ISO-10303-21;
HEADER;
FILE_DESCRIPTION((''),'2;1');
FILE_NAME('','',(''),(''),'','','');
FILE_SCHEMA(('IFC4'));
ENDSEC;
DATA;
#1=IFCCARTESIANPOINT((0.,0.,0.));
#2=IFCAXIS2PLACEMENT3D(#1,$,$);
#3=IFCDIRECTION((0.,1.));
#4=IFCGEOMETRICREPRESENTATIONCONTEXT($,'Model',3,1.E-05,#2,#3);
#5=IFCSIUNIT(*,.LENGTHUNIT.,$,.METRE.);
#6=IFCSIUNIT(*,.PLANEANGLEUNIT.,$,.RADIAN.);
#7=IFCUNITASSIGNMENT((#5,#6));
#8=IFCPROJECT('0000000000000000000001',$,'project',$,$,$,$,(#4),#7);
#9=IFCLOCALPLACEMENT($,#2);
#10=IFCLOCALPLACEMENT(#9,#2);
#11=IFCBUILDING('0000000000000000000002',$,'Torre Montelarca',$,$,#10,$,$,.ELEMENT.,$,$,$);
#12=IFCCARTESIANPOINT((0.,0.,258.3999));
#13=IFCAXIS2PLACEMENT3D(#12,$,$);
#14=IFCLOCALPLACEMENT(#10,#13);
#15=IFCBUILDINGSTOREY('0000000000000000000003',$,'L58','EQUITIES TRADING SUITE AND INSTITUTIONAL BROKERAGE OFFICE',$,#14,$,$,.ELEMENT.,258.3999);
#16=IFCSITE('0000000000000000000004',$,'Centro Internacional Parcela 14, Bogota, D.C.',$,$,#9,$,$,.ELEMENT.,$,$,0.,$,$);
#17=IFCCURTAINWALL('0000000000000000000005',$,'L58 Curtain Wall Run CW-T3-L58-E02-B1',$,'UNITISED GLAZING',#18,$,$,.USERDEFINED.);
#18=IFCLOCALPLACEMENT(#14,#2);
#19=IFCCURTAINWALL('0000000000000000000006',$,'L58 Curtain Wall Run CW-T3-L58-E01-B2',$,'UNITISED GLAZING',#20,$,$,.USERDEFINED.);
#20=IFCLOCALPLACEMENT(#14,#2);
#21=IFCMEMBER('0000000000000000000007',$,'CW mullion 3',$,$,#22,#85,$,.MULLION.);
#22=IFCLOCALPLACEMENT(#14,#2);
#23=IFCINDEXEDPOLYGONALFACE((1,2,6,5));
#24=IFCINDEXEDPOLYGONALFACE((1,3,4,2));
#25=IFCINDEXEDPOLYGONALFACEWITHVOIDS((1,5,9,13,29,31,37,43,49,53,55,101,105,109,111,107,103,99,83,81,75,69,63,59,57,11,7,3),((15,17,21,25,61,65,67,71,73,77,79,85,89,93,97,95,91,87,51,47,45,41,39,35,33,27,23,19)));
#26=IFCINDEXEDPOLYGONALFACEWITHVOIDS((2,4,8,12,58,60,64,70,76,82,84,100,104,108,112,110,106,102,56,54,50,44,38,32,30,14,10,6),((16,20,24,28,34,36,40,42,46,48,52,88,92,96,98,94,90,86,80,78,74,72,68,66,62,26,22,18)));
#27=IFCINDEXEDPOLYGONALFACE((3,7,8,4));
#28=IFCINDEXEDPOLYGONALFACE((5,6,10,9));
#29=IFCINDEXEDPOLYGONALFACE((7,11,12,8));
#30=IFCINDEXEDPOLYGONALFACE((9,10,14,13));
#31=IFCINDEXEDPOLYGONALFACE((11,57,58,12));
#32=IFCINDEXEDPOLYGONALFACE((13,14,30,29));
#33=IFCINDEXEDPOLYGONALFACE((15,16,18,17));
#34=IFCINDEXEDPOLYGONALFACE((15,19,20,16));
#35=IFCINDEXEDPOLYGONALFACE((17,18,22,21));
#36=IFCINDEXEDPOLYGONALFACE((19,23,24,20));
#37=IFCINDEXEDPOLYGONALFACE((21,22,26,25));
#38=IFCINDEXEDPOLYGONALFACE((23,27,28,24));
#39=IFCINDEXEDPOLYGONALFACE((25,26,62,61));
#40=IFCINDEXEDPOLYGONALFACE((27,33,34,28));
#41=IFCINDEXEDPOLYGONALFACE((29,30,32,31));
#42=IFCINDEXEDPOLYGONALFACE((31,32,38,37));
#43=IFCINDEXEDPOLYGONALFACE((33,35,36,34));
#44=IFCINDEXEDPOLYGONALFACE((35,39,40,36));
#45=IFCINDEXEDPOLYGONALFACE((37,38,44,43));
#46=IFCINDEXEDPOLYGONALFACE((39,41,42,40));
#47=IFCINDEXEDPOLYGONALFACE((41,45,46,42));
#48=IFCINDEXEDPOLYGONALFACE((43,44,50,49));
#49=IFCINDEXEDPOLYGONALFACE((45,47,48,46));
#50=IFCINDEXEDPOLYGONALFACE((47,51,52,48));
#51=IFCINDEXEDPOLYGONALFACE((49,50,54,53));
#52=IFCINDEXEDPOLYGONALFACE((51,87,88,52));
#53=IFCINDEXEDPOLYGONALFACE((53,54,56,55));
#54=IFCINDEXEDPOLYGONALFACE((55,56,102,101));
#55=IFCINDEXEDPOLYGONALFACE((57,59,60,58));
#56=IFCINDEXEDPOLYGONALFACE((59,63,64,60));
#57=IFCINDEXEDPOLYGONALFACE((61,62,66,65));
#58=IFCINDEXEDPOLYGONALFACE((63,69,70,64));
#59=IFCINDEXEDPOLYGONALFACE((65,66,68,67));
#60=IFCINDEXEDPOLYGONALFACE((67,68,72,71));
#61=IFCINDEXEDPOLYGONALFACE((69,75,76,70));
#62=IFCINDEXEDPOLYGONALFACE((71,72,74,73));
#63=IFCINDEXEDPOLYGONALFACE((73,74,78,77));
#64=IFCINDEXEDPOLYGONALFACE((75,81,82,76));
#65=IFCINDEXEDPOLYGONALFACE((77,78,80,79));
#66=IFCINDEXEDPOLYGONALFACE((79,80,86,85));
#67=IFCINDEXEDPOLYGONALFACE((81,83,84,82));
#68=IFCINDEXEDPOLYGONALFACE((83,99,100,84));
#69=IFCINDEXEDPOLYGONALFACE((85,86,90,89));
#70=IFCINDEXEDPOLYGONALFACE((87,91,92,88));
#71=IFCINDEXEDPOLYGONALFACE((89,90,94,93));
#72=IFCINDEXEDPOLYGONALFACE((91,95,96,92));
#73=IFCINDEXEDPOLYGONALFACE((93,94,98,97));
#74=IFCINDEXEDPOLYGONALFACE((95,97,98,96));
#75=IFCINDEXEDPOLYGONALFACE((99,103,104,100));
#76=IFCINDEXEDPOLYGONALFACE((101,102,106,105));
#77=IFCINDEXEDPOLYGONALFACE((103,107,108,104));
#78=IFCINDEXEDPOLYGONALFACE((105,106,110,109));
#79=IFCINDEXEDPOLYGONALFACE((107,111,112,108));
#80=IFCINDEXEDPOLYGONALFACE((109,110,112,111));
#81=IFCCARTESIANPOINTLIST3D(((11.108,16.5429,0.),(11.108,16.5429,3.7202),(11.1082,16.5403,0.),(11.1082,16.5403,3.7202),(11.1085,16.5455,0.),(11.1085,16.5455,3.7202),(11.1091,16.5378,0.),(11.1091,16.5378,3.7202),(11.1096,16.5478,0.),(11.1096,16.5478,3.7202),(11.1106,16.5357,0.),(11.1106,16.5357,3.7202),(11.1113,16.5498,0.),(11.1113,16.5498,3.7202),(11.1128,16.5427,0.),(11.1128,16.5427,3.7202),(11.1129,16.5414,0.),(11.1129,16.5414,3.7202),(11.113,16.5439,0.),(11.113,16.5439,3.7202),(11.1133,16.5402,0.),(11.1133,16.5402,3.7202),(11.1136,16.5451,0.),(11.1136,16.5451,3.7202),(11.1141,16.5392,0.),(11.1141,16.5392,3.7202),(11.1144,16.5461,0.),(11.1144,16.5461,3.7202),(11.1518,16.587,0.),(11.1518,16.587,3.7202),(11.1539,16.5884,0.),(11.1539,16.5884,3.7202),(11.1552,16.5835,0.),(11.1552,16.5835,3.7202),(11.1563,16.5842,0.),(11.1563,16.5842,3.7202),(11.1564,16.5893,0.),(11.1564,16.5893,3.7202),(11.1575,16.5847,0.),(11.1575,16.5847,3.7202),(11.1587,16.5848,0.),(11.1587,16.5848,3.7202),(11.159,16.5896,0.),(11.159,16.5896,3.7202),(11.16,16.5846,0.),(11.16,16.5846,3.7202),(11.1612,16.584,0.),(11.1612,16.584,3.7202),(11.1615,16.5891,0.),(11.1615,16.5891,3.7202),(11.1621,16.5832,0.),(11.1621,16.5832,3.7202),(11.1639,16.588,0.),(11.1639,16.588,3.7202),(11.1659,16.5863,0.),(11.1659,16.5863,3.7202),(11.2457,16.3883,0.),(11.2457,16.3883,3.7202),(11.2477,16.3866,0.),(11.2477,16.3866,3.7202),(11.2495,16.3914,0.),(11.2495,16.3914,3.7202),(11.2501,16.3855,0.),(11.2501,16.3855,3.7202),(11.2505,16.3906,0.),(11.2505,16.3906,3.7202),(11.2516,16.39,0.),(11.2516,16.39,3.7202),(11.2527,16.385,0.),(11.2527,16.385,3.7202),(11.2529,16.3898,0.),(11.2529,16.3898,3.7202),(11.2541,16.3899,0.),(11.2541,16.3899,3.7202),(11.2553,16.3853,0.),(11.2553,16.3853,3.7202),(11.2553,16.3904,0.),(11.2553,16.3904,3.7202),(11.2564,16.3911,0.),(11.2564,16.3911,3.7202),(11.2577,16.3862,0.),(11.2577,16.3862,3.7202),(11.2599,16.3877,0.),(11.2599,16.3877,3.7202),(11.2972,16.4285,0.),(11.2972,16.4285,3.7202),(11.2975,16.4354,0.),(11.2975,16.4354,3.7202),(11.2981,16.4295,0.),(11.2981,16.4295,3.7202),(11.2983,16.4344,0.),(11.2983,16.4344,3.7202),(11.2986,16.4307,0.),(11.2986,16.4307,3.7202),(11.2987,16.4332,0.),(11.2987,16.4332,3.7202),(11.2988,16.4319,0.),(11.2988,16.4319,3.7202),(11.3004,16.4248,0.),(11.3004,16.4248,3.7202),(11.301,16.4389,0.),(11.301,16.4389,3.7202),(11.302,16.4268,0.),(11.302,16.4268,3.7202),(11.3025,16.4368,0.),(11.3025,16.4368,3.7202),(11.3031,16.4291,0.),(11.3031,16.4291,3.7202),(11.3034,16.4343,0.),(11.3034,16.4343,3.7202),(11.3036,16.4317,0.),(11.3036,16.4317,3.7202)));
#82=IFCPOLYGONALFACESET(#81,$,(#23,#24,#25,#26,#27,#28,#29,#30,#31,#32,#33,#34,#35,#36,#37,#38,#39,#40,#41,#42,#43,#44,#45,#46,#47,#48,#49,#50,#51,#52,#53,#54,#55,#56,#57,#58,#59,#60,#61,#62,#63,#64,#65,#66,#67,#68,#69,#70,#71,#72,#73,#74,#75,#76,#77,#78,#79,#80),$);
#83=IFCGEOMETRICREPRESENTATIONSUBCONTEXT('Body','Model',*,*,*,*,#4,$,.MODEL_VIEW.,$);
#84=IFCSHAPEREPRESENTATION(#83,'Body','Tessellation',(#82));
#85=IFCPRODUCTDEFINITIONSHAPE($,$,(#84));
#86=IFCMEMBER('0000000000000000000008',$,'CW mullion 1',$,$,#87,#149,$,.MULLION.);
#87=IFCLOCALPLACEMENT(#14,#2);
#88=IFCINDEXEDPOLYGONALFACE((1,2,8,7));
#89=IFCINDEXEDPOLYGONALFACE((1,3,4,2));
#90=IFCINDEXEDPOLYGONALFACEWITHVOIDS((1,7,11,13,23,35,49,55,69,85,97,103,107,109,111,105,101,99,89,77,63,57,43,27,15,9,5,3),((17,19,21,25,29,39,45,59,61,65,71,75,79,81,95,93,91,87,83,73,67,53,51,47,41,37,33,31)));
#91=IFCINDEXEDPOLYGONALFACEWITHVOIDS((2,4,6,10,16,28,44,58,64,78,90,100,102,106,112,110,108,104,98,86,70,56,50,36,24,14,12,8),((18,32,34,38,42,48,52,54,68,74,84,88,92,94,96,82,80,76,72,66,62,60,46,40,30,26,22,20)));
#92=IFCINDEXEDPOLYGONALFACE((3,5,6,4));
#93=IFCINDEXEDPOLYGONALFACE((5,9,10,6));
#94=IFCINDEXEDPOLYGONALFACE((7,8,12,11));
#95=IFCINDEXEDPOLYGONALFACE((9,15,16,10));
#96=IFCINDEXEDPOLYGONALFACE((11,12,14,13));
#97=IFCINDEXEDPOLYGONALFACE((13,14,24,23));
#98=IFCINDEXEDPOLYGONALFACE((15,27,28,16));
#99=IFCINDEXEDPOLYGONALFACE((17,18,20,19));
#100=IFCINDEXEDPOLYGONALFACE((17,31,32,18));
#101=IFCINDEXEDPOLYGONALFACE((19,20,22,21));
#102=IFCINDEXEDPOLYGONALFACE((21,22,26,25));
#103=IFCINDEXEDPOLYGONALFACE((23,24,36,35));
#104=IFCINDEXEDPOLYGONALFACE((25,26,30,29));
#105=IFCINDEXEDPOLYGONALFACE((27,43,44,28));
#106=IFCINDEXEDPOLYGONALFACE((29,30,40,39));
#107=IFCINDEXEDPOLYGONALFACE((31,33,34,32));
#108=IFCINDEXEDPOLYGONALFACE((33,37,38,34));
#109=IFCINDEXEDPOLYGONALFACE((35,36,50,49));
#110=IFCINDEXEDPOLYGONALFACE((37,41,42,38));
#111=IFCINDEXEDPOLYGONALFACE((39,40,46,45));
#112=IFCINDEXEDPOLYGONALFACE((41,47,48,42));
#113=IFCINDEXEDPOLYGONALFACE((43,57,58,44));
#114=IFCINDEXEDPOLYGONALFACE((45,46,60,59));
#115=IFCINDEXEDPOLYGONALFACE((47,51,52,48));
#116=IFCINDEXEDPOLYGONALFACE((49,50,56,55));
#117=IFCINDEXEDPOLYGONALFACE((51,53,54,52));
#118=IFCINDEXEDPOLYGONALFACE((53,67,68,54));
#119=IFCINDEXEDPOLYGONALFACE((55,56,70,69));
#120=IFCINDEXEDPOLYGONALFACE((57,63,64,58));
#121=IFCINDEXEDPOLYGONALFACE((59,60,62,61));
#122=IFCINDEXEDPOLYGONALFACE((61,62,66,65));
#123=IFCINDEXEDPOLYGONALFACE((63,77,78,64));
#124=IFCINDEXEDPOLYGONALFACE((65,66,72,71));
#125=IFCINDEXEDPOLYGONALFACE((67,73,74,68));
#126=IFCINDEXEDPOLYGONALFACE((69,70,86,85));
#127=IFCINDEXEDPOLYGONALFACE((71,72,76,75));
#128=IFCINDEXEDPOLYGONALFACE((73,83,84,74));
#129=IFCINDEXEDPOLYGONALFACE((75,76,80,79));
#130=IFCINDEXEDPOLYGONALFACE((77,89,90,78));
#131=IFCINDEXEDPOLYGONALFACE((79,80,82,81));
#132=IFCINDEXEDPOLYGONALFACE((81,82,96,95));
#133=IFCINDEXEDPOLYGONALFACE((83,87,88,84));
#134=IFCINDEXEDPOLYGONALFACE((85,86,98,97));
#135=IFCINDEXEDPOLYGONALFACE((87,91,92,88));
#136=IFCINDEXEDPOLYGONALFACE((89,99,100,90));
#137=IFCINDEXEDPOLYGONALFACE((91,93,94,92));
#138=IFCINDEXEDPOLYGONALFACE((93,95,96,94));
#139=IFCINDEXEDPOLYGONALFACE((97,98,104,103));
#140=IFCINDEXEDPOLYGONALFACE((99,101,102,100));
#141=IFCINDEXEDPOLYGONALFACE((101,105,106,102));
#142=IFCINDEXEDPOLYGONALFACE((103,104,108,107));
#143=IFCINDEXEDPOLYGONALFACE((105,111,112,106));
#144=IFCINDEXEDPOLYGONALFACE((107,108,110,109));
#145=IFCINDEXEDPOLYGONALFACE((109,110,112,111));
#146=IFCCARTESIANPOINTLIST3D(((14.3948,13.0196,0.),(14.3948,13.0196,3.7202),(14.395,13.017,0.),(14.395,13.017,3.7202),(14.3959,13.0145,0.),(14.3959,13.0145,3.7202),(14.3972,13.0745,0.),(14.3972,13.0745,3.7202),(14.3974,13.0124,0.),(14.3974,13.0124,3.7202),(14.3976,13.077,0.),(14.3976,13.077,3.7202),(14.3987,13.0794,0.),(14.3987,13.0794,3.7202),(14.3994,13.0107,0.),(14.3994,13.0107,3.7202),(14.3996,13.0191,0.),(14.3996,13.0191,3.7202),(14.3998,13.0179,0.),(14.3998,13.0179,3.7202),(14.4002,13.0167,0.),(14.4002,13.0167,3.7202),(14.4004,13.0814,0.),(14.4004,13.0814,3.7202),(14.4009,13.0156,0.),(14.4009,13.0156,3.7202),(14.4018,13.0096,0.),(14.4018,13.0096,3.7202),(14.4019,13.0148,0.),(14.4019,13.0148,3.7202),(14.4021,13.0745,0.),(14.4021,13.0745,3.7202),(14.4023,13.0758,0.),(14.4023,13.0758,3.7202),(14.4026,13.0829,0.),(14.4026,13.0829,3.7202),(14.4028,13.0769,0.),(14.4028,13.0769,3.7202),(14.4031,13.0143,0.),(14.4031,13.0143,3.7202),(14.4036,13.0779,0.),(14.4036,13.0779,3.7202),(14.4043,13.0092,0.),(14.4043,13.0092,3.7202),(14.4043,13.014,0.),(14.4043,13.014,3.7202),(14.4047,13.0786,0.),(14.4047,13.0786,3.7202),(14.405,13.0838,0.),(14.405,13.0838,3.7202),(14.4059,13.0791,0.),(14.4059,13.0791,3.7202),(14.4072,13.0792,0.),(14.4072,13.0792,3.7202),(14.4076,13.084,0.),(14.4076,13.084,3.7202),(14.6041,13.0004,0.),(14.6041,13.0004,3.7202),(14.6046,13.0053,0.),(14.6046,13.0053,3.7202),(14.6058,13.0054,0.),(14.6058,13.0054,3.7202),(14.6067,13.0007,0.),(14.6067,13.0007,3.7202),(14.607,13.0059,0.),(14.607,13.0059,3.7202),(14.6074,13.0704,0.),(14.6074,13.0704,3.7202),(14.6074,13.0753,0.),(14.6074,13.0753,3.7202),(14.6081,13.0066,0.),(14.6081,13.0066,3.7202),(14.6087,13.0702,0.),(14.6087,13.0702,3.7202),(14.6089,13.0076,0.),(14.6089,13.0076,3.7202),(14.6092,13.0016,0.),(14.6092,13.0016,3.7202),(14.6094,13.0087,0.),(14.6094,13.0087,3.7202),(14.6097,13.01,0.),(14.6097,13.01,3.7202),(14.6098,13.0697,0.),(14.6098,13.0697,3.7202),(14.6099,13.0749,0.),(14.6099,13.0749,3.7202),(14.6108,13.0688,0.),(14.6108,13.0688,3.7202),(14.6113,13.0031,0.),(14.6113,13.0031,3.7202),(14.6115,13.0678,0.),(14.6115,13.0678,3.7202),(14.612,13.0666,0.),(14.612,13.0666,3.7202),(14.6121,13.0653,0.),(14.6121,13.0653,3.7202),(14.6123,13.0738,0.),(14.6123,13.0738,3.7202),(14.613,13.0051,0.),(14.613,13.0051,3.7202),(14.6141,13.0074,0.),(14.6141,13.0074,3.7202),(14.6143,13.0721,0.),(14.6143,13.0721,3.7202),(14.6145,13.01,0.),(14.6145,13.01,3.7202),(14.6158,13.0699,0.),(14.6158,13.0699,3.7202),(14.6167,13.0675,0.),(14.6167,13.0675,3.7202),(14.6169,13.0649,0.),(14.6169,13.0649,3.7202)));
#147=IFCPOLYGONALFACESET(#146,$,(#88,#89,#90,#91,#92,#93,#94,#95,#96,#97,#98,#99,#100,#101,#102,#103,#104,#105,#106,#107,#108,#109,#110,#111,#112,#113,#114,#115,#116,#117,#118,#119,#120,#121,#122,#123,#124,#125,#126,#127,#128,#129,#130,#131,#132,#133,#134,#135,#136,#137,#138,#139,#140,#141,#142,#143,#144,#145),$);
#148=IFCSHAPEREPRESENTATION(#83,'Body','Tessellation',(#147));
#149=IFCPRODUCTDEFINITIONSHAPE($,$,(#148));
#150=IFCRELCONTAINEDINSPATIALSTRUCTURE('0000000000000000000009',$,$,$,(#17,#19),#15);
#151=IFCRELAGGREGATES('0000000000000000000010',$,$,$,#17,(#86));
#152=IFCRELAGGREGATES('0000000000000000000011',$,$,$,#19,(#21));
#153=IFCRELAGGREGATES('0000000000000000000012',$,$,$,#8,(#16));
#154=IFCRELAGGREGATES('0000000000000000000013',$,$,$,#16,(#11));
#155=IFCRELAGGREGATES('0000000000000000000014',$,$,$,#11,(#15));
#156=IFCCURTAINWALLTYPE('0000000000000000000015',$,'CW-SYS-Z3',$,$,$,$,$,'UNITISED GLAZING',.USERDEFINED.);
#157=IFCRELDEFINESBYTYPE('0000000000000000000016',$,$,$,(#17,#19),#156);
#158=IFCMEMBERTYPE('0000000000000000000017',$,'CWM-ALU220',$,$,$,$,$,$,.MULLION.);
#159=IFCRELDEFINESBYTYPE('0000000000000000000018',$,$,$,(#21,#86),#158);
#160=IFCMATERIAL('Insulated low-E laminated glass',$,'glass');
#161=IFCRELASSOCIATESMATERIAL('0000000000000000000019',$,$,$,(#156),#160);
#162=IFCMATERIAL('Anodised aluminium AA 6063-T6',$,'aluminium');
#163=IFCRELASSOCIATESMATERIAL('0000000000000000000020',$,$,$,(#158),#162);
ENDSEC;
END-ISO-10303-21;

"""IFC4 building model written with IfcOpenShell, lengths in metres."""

from ifc_helpers import new_model, si_unit, direction, frame, origin, origin_2d, place, context, subcontext, project, spatial, hollow_rectangle, extrude, source, transform, mapped, material, material_profile, profile_set, type_object, element, aggregate, save


model = new_model("IFC4")

# Units and contexts
model_context = context("Model", 3, precision=1e-05, world=origin(), true_north=direction((0.0, 1.0)))
body_context = subcontext(model_context, "Body", "Model", "MODEL_VIEW")
ifc_project = project(units=[si_unit("LENGTHUNIT", "METRE"), si_unit("PLANEANGLEUNIT", "RADIAN")], contexts=[model_context])

# Site, building, storey
site_placement = place(None, origin())
site = spatial("IfcSite", under=ifc_project, at=site_placement, Name="Centro Internacional Parcela 14, Bogota, D.C.", CompositionType="ELEMENT", RefElevation=0.0)
building_placement = place(site_placement, origin())
building = spatial("IfcBuilding", under=site, at=building_placement, Name="Torre Montelarca", CompositionType="ELEMENT")
storey_placement = place(building_placement, frame((0.0, 0.0, 258.3999)))
storey = spatial("IfcBuildingStorey", under=building, at=storey_placement, Name="L58", Description="EQUITIES TRADING SUITE AND INSTITUTIONAL BROKERAGE OFFICE", CompositionType="ELEMENT", Elevation=258.3999)

# Curtain wall
ifc_material_1 = material(Name="Insulated low-E laminated glass", Category="glass")
curtain_wall_type = type_object("IfcCurtainWallType", Name="CW-SYS-Z3", ElementType="UNITISED GLAZING", PredefinedType="USERDEFINED", material=ifc_material_1)
curtain_wall_1_placement = place(storey_placement, origin())
curtain_wall_1 = element("IfcCurtainWall", 1, at=curtain_wall_1_placement, inside=storey, type_object=curtain_wall_type, Name="L58 Curtain Wall Run CW-T3-L58-E02-B1", ObjectType="UNITISED GLAZING", PredefinedType="USERDEFINED")
ifc_material_2 = material(Name="Anodised aluminium AA 6063-T6", Category="aluminium")

# Curtain wall, member
curtain_wall_2_placement = place(storey_placement, origin())
curtain_wall_2 = element("IfcCurtainWall", 2, at=curtain_wall_2_placement, inside=storey, type_object=curtain_wall_type, Name="L58 Curtain Wall Run CW-T3-L58-E01-B2", ObjectType="UNITISED GLAZING", PredefinedType="USERDEFINED")
ifc_material_profile_1 = material_profile(ifc_material_2, hollow_rectangle(XDim=0.075, YDim=0.22, WallThickness=0.0049, InnerFilletRadius=0.0049, OuterFilletRadius=0.01, at=origin_2d()), Name="ALU75X220X5", Category="aluminium")
ifc_profile_set_1 = profile_set([ifc_material_profile_1], Name="Anodised aluminium AA 6063-T6")
member_type_1 = type_object("IfcMemberType", Name="CWM-ALU220", PredefinedType="MULLION", material=ifc_profile_set_1)
shared_shape_1 = source(origin(), body_context, "Body", "SweptSolid", [
    extrude(hollow_rectangle(XDim=0.075, YDim=0.22, WallThickness=0.0049, InnerFilletRadius=0.0049, OuterFilletRadius=0.01, at=origin_2d()), origin(), (0.0, 0.0, 1.0), 3.7202),
])
member_1_placement = place(storey_placement, frame((11.2058, 16.4873, 0.0), z_axis=(0.0, 0.0, 1.0), x_axis=(0.73728, 0.675587, 0.0)))
member_1 = element("IfcMember", 3, at=member_1_placement, type_object=member_type_1, Name="CW mullion 3", PredefinedType="MULLION", context=body_context, shape_type="MappedRepresentation", body=[
    mapped(shared_shape_1, transform((0.0, 0.0, 0.0), scale=1.0)),
])

# Member
member_2_placement = place(storey_placement, frame((14.5059, 13.0422, 0.0), z_axis=(0.0, 0.0, 1.0), x_axis=(0.04361, 0.999049, 0.0)))
member_2 = element("IfcMember", 4, at=member_2_placement, type_object=member_type_1, Name="CW mullion 1", PredefinedType="MULLION", context=body_context, shape_type="MappedRepresentation", body=[
    mapped(shared_shape_1, transform((0.0, 0.0, 0.0), scale=1.0)),
])

aggregate(curtain_wall_1, [member_2])
aggregate(curtain_wall_2, [member_1])

save(model, "model.ifc")
